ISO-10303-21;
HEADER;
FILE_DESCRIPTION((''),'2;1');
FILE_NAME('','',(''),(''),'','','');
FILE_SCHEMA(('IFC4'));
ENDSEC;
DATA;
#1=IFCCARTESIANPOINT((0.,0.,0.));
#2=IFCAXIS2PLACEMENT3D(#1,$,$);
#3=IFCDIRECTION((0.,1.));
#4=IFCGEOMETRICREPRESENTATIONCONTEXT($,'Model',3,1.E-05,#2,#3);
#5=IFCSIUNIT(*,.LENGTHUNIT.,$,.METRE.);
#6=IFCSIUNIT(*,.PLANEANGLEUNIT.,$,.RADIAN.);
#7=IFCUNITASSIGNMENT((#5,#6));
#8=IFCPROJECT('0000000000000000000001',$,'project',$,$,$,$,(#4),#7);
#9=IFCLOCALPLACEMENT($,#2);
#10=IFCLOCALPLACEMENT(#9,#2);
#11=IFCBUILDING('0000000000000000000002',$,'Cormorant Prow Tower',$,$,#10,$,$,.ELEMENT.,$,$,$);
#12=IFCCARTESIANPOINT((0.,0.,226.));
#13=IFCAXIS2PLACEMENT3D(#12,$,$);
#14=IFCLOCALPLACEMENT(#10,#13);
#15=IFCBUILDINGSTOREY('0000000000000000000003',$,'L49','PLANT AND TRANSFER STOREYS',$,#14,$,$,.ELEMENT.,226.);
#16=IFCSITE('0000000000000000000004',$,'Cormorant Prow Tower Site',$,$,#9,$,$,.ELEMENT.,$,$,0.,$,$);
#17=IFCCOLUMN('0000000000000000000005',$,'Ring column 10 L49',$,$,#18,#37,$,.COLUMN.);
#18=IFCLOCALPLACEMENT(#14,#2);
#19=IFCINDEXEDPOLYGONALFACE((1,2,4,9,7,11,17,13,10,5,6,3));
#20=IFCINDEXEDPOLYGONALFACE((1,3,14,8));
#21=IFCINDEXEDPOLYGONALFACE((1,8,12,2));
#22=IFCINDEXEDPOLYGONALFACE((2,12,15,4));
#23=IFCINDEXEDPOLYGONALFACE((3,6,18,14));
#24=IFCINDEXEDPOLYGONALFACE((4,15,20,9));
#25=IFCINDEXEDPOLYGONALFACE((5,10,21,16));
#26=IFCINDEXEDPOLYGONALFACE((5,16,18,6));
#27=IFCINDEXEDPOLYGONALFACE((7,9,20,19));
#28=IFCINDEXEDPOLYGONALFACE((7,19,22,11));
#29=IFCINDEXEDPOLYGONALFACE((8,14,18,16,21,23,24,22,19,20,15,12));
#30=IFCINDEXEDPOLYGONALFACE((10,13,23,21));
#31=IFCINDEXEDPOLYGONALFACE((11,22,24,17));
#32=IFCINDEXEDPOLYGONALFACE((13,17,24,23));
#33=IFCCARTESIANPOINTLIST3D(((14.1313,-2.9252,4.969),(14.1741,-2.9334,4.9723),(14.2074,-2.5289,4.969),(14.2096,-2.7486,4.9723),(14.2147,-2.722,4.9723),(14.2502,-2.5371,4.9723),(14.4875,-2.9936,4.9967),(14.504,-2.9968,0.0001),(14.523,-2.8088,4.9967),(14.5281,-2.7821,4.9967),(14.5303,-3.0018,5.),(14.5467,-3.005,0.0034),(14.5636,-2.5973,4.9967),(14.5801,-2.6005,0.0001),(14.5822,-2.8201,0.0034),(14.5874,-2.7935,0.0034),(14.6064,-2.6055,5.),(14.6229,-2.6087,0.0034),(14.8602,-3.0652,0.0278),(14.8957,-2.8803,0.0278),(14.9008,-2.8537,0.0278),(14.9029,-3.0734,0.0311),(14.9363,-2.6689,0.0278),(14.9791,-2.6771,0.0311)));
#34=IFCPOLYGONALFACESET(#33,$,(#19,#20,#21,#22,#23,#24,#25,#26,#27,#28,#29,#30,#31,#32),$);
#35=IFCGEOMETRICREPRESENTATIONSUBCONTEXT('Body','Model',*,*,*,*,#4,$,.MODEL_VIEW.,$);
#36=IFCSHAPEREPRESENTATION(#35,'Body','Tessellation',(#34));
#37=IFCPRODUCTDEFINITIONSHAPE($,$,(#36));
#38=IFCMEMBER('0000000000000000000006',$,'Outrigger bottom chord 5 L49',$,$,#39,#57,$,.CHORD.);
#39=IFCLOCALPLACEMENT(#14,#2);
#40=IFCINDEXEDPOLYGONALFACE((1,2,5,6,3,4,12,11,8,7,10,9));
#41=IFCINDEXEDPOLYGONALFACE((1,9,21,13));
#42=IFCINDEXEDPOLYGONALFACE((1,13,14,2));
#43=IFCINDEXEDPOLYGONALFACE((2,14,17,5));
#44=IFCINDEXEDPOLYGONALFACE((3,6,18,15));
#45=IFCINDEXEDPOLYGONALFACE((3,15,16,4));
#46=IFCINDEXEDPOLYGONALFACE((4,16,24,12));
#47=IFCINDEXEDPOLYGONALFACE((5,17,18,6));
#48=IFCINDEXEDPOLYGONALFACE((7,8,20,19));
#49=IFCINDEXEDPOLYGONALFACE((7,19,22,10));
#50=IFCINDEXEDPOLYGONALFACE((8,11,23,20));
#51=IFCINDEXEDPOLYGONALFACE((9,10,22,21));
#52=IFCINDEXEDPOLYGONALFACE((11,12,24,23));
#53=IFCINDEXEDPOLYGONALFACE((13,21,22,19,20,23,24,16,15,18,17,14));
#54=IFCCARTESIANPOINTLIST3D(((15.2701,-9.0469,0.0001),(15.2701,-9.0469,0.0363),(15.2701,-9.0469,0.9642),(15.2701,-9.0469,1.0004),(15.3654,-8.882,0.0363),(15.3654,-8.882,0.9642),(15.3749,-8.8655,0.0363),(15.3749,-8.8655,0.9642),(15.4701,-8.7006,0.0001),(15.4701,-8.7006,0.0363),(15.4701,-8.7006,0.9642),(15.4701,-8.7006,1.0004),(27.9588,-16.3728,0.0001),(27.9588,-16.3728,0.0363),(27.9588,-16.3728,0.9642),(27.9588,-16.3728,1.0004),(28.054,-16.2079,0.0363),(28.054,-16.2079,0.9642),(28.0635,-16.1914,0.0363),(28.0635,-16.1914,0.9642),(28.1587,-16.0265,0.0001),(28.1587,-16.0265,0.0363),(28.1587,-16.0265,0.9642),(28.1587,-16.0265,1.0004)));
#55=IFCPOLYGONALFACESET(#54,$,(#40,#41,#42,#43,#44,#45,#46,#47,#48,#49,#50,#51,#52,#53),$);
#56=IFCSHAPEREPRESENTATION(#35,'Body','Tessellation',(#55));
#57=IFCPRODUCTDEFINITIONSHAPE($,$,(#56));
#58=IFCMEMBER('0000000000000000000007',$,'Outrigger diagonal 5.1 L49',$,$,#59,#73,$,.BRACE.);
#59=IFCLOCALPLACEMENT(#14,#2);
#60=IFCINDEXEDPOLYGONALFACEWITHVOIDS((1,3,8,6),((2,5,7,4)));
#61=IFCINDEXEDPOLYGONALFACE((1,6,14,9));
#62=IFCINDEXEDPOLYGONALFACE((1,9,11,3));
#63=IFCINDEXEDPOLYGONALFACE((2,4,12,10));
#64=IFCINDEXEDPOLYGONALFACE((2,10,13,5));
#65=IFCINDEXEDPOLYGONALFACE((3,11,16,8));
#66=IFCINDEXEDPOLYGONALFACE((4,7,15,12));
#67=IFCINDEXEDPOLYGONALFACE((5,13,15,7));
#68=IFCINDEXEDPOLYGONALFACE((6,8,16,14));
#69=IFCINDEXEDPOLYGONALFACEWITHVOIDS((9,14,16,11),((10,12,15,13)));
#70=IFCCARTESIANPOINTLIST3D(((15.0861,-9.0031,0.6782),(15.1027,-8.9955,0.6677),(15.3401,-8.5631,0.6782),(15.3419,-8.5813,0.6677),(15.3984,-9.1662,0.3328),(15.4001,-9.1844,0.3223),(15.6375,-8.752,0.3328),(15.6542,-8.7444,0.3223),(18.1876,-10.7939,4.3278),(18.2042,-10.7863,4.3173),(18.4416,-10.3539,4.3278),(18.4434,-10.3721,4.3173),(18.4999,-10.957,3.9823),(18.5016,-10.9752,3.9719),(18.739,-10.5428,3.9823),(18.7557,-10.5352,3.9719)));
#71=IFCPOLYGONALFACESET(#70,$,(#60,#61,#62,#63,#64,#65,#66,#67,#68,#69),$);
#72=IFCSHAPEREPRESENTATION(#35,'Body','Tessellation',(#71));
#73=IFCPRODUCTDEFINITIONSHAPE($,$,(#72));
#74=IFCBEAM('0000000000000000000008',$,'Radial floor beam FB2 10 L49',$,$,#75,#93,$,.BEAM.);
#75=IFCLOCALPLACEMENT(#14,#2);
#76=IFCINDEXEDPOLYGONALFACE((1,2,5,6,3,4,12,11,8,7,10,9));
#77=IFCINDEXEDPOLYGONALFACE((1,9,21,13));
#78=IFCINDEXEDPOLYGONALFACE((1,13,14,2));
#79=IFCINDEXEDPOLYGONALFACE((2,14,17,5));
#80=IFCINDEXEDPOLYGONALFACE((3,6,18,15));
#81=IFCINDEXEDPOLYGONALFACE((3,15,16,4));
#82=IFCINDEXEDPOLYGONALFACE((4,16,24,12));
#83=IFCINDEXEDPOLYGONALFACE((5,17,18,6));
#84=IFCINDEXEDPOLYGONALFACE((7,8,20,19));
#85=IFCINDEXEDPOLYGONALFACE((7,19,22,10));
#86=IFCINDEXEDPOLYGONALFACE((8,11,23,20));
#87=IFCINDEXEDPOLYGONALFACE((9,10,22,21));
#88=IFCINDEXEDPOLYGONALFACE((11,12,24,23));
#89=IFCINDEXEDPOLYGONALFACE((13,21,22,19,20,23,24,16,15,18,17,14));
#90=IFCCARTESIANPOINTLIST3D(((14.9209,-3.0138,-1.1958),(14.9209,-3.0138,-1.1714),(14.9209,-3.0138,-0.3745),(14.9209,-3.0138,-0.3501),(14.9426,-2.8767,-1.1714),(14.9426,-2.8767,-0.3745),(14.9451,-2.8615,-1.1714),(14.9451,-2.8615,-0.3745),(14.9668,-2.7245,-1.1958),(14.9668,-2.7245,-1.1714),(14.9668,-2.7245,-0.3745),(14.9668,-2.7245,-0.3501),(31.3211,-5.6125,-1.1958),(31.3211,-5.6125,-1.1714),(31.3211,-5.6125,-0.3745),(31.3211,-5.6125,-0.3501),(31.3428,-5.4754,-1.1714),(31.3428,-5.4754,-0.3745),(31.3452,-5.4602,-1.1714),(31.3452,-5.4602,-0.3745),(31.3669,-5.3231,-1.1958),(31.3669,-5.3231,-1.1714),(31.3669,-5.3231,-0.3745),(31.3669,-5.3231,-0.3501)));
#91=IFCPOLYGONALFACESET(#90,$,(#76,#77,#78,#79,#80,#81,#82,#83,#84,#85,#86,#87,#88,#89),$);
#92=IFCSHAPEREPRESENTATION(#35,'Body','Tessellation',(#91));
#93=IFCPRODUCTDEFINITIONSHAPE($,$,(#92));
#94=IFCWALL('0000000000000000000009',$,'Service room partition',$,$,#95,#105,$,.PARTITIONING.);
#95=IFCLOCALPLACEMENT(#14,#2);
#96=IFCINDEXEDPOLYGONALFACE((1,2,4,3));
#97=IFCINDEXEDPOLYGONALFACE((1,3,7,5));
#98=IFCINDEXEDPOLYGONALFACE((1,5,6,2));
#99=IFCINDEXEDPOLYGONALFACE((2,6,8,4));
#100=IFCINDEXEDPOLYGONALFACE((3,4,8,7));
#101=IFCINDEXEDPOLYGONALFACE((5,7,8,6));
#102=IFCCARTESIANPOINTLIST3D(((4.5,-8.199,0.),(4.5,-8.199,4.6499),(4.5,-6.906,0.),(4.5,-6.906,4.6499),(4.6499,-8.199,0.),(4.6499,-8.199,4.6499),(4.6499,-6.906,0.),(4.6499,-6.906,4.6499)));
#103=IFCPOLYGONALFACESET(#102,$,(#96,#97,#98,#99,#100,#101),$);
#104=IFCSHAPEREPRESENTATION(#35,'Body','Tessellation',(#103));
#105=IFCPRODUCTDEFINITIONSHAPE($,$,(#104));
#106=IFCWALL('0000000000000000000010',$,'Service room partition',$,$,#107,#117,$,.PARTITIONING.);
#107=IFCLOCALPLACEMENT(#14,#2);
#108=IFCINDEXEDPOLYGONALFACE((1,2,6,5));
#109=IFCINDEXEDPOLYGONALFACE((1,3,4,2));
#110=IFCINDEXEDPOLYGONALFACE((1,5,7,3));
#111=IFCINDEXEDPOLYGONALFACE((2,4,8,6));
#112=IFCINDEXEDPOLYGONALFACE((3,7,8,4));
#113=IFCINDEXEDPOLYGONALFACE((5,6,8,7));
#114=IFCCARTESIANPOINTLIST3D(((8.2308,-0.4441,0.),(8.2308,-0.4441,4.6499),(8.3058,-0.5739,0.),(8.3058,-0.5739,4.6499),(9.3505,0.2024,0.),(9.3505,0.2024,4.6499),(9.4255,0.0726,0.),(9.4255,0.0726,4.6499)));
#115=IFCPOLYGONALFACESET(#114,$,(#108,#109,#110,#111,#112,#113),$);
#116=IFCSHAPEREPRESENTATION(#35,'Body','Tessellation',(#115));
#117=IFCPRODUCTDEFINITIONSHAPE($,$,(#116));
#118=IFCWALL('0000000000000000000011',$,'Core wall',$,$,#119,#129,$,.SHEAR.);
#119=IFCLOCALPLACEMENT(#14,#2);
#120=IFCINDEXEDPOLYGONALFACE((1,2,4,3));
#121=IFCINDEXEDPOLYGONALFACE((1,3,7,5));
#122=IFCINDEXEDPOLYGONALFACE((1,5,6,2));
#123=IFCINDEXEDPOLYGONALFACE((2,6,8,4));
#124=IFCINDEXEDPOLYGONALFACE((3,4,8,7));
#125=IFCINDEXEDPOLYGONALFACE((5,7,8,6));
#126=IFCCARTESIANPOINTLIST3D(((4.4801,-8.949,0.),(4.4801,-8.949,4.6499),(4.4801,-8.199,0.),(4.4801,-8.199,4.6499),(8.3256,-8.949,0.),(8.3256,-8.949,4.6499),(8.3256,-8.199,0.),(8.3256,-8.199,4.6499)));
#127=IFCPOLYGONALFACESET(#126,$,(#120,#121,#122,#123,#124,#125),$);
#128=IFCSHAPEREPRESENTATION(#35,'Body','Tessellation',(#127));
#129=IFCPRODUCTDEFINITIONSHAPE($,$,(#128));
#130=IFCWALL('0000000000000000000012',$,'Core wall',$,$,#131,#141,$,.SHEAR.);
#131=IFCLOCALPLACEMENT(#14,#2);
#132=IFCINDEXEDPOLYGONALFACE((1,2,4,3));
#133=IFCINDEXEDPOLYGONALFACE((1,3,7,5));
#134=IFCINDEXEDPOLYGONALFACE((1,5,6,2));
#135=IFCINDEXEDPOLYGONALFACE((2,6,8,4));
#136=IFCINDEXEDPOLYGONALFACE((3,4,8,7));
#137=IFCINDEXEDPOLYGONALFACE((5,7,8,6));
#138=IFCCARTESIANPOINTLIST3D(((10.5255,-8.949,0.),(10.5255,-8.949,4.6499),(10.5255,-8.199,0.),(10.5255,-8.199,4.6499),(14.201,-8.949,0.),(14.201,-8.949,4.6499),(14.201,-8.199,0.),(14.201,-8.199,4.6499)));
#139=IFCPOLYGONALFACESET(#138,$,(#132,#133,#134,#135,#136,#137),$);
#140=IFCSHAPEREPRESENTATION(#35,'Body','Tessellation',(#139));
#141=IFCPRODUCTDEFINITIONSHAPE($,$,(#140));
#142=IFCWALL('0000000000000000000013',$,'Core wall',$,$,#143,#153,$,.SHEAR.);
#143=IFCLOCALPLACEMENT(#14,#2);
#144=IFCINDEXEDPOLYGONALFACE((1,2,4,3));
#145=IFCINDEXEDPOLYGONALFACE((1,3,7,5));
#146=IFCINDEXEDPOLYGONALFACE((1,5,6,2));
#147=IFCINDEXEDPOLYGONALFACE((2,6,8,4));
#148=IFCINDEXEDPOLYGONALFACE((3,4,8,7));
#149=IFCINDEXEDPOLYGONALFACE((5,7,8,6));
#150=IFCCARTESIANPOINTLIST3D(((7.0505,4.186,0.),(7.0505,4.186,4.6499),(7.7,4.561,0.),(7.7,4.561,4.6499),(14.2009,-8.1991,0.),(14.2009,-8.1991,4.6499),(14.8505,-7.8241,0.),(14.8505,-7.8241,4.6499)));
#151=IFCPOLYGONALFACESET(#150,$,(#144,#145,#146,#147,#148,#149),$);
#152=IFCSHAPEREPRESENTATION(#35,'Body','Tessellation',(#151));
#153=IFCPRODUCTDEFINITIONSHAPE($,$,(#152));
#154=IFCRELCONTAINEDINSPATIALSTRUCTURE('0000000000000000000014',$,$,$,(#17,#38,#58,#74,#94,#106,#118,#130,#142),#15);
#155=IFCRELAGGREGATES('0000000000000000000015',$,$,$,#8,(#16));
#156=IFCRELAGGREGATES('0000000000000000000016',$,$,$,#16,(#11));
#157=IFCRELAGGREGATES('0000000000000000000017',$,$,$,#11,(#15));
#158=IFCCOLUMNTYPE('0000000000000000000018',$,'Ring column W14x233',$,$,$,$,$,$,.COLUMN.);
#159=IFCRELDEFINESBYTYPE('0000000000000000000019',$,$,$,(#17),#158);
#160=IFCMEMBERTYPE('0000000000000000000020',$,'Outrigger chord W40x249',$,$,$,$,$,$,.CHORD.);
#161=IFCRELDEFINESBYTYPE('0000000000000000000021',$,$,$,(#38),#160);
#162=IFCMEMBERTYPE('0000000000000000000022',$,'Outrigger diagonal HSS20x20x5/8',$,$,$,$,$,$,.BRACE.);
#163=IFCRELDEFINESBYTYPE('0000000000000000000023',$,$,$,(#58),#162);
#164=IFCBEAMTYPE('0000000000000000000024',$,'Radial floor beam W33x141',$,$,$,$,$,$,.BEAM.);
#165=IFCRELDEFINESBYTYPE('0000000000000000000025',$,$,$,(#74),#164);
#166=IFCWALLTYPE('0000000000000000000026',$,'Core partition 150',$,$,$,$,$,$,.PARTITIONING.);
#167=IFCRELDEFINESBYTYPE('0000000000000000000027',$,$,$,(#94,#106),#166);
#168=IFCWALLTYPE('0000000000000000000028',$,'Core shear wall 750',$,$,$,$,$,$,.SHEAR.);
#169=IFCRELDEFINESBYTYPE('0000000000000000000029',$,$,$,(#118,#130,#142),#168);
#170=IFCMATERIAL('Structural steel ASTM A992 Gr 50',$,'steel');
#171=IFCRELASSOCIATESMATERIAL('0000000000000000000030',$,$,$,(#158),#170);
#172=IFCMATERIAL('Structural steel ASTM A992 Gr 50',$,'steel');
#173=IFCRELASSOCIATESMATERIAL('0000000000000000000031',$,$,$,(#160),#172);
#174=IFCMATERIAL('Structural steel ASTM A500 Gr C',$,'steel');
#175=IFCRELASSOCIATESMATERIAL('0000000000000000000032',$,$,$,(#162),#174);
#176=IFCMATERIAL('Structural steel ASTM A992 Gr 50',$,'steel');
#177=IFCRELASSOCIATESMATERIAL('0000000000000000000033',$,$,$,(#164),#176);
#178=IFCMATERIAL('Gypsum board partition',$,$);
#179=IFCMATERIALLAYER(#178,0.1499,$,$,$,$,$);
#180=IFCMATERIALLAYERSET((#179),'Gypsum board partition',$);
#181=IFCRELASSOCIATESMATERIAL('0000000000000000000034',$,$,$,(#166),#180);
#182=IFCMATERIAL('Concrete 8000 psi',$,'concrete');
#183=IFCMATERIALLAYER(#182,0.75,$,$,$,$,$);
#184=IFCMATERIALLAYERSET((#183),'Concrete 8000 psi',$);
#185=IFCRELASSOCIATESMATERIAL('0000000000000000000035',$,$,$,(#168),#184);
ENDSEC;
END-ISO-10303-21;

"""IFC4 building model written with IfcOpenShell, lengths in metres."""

from ifc_helpers import new_model, si_unit, direction, frame, frame_2d, origin, origin_2d, place, context, subcontext, project, spatial, rectangle, hollow_rectangle, i_section, extrude, material, layer, layer_set, material_profile, profile_set, type_object, element, save


model = new_model("IFC4")

# Units and contexts
model_context = context("Model", 3, precision=1e-05, world=origin(), true_north=direction((0.0, 1.0)))
body_context = subcontext(model_context, "Body", "Model", "MODEL_VIEW")
ifc_project = project(units=[si_unit("LENGTHUNIT", "METRE"), si_unit("PLANEANGLEUNIT", "RADIAN")], contexts=[model_context])

# Site, building, storey
site_placement = place(None, origin())
site = spatial("IfcSite", under=ifc_project, at=site_placement, Name="Cormorant Prow Tower Site", CompositionType="ELEMENT", RefElevation=0.0)
building_placement = place(site_placement, origin())
building = spatial("IfcBuilding", under=site, at=building_placement, Name="Cormorant Prow Tower", CompositionType="ELEMENT")
storey_placement = place(building_placement, frame((0.0, 0.0, 226.0)))
storey = spatial("IfcBuildingStorey", under=building, at=storey_placement, Name="L49", Description="PLANT AND TRANSFER STOREYS", CompositionType="ELEMENT", Elevation=226.0)

# Column
ifc_material_1 = material(Name="Structural steel ASTM A992 Gr 50", Category="steel")
ifc_material_profile_1 = material_profile(ifc_material_1, i_section(OverallWidth=0.4036, OverallDepth=0.4075, WebThickness=0.0271, FlangeThickness=0.0437, at=origin_2d()), Name="W14x233")
ifc_profile_set_1 = profile_set([ifc_material_profile_1], Name="Structural steel ASTM A992 Gr 50")
column_type = type_object("IfcColumnType", Name="Ring column W14x233", PredefinedType="COLUMN", material=ifc_profile_set_1)
column_placement = place(storey_placement, frame((14.7427, -2.8372, 0.0), z_axis=(-0.074782, 0.014362, 0.997096), x_axis=(-0.18861, -0.982052, 0.0)))
element("IfcColumn", 1, at=column_placement, inside=storey, type_object=column_type, Name="Ring column 10 L49", PredefinedType="COLUMN", context=body_context, shape_type="SweptSolid", body=[
    extrude(i_section(OverallWidth=0.4036, OverallDepth=0.4075, WebThickness=0.0271, FlangeThickness=0.0437, at=origin_2d()), frame((0.0, 0.0, 0.0156)), (0.0, 0.0, 1.0), 4.9834),
])

# Members
ifc_material_2 = material(Name="Structural steel ASTM A992 Gr 50", Category="steel")
ifc_material_profile_2 = material_profile(ifc_material_2, i_section(OverallWidth=0.3999, OverallDepth=1.0002, WebThickness=0.019, FlangeThickness=0.0361, at=origin_2d()), Name="W40x249")
ifc_profile_set_2 = profile_set([ifc_material_profile_2], Name="Structural steel ASTM A992 Gr 50")
member_type_1 = type_object("IfcMemberType", Name="Outrigger chord W40x249", PredefinedType="CHORD", material=ifc_profile_set_2)
member_1_placement = place(storey_placement, frame((15.3701, -8.8738, 0.5002), z_axis=(0.866023, -0.500005, 0.0), x_axis=(0.500005, 0.866023, 0.0)))
element("IfcMember", 2, at=member_1_placement, inside=storey, type_object=member_type_1, Name="Outrigger bottom chord 5 L49", PredefinedType="CHORD", context=body_context, shape_type="SweptSolid", body=[
    extrude(i_section(OverallWidth=0.3999, OverallDepth=1.0002, WebThickness=0.019, FlangeThickness=0.0361, at=origin_2d()), origin(), (0.0, 0.0, 1.0), 14.6516),
])
ifc_material_3 = material(Name="Structural steel ASTM A500 Gr C", Category="steel")
ifc_material_profile_3 = material_profile(ifc_material_3, hollow_rectangle(XDim=0.5081, YDim=0.5081, WallThickness=0.0149, at=origin_2d()), Name="HSS20x20x5/8")
ifc_profile_set_3 = profile_set([ifc_material_profile_3], Name="Structural steel ASTM A500 Gr C")
member_type_2 = type_object("IfcMemberType", Name="Outrigger diagonal HSS20x20x5/8", PredefinedType="BRACE", material=ifc_profile_set_3)
member_2_placement = place(storey_placement, frame((15.3701, -8.8738, 0.5002), z_axis=(0.606559, -0.350214, 0.713748), x_axis=(0.500017, 0.866015, 0.0)))
element("IfcMember", 3, at=member_2_placement, inside=storey, type_object=member_type_2, Name="Outrigger diagonal 5.1 L49", PredefinedType="BRACE", context=body_context, shape_type="SweptSolid", body=[
    extrude(hollow_rectangle(XDim=0.5081, YDim=0.5081, WallThickness=0.0149, at=origin_2d()), origin(), (0.0, 0.0, 1.0), 5.1133),
])

# Beam
ifc_material_4 = material(Name="Structural steel ASTM A992 Gr 50", Category="steel")
ifc_material_profile_4 = material_profile(ifc_material_4, i_section(OverallWidth=0.293, OverallDepth=0.8457, WebThickness=0.0154, FlangeThickness=0.0244, at=origin_2d()), Name="W33x141")
ifc_profile_set_4 = profile_set([ifc_material_profile_4], Name="Structural steel ASTM A992 Gr 50")
beam_type = type_object("IfcBeamType", Name="Radial floor beam W33x141", PredefinedType="BEAM", material=ifc_profile_set_4)
beam_placement = place(storey_placement, frame((14.9438, -2.8691, -0.7729), z_axis=(0.987678, -0.156499, 0.0), x_axis=(0.156499, 0.987678, 0.0)))
element("IfcBeam", 4, at=beam_placement, inside=storey, type_object=beam_type, Name="Radial floor beam FB2 10 L49", PredefinedType="BEAM", context=body_context, shape_type="SweptSolid", body=[
    extrude(i_section(OverallWidth=0.293, OverallDepth=0.8457, WebThickness=0.0154, FlangeThickness=0.0244, at=origin_2d()), origin(), (0.0, 0.0, 1.0), 16.6047),
])

# Walls
ifc_material_5 = material(Name="Gypsum board partition")
ifc_layer_1 = layer(ifc_material_5, 0.1499)
ifc_layer_set_1 = layer_set([ifc_layer_1], Name="Gypsum board partition")
wall_type_1 = type_object("IfcWallType", Name="Core partition 150", PredefinedType="PARTITIONING", material=ifc_layer_set_1)
for number, where, z_axis, x_axis, name in (
    (5, (4.575, -6.906, 0.0), (0.0, 0.0, 1.0), (0.0, -1.0, 0.0), "Service room partition"),
    (6, (8.2683, -0.509, 0.0), (0.0, 0.0, 1.0), (0.866003, 0.500038, 0.0), "Service room partition"),
):
    element("IfcWall", number, at=place(storey_placement, frame(where, z_axis=z_axis, x_axis=x_axis)), inside=storey, type_object=wall_type_1, Name=name, PredefinedType="PARTITIONING", context=body_context, shape_type="SweptSolid", body=[
        extrude(rectangle(XDim=1.293, YDim=0.1499, at=frame_2d((0.6465, 0.0))), origin(), (0.0, 0.0, 1.0), 4.6499),
    ])
ifc_material_6 = material(Name="Concrete 8000 psi", Category="concrete")
ifc_layer_2 = layer(ifc_material_6, 0.75)
ifc_layer_set_2 = layer_set([ifc_layer_2], Name="Concrete 8000 psi")
wall_type_2 = type_object("IfcWallType", Name="Core shear wall 750", PredefinedType="SHEAR", material=ifc_layer_set_2)
wall_1_placement = place(storey_placement, frame((4.48, -8.574, 0.0), z_axis=(0.0, 0.0, 1.0), x_axis=(1.0, 0.0, 0.0)))
element("IfcWall", 7, at=wall_1_placement, inside=storey, type_object=wall_type_2, Name="Core wall", PredefinedType="SHEAR", context=body_context, shape_type="SweptSolid", body=[
    extrude(rectangle(XDim=3.8455, YDim=0.75, at=frame_2d((1.9229, 0.0))), origin(), (0.0, 0.0, 1.0), 4.6499),
])
wall_2_placement = place(storey_placement, frame((10.5254, -8.574, 0.0), z_axis=(0.0, 0.0, 1.0), x_axis=(1.0, 0.0, 0.0)))
element("IfcWall", 8, at=wall_2_placement, inside=storey, type_object=wall_type_2, Name="Core wall", PredefinedType="SHEAR", context=body_context, shape_type="SweptSolid", body=[
    extrude(rectangle(XDim=3.6755, YDim=0.75, at=frame_2d((1.8379, 0.0))), origin(), (0.0, 0.0, 1.0), 4.6499),
])
wall_3_placement = place(storey_placement, frame((14.5256, -8.0115, 0.0), z_axis=(0.0, 0.0, 1.0), x_axis=(-0.499995, 0.866028, 0.0)))
element("IfcWall", 9, at=wall_3_placement, inside=storey, type_object=wall_type_2, Name="Core wall", PredefinedType="SHEAR", context=body_context, shape_type="SweptSolid", body=[
    extrude(rectangle(XDim=14.301, YDim=0.75, at=frame_2d((7.1504, 0.0))), origin(), (0.0, 0.0, 1.0), 4.6499),
])

save(model, "model.ifc")
